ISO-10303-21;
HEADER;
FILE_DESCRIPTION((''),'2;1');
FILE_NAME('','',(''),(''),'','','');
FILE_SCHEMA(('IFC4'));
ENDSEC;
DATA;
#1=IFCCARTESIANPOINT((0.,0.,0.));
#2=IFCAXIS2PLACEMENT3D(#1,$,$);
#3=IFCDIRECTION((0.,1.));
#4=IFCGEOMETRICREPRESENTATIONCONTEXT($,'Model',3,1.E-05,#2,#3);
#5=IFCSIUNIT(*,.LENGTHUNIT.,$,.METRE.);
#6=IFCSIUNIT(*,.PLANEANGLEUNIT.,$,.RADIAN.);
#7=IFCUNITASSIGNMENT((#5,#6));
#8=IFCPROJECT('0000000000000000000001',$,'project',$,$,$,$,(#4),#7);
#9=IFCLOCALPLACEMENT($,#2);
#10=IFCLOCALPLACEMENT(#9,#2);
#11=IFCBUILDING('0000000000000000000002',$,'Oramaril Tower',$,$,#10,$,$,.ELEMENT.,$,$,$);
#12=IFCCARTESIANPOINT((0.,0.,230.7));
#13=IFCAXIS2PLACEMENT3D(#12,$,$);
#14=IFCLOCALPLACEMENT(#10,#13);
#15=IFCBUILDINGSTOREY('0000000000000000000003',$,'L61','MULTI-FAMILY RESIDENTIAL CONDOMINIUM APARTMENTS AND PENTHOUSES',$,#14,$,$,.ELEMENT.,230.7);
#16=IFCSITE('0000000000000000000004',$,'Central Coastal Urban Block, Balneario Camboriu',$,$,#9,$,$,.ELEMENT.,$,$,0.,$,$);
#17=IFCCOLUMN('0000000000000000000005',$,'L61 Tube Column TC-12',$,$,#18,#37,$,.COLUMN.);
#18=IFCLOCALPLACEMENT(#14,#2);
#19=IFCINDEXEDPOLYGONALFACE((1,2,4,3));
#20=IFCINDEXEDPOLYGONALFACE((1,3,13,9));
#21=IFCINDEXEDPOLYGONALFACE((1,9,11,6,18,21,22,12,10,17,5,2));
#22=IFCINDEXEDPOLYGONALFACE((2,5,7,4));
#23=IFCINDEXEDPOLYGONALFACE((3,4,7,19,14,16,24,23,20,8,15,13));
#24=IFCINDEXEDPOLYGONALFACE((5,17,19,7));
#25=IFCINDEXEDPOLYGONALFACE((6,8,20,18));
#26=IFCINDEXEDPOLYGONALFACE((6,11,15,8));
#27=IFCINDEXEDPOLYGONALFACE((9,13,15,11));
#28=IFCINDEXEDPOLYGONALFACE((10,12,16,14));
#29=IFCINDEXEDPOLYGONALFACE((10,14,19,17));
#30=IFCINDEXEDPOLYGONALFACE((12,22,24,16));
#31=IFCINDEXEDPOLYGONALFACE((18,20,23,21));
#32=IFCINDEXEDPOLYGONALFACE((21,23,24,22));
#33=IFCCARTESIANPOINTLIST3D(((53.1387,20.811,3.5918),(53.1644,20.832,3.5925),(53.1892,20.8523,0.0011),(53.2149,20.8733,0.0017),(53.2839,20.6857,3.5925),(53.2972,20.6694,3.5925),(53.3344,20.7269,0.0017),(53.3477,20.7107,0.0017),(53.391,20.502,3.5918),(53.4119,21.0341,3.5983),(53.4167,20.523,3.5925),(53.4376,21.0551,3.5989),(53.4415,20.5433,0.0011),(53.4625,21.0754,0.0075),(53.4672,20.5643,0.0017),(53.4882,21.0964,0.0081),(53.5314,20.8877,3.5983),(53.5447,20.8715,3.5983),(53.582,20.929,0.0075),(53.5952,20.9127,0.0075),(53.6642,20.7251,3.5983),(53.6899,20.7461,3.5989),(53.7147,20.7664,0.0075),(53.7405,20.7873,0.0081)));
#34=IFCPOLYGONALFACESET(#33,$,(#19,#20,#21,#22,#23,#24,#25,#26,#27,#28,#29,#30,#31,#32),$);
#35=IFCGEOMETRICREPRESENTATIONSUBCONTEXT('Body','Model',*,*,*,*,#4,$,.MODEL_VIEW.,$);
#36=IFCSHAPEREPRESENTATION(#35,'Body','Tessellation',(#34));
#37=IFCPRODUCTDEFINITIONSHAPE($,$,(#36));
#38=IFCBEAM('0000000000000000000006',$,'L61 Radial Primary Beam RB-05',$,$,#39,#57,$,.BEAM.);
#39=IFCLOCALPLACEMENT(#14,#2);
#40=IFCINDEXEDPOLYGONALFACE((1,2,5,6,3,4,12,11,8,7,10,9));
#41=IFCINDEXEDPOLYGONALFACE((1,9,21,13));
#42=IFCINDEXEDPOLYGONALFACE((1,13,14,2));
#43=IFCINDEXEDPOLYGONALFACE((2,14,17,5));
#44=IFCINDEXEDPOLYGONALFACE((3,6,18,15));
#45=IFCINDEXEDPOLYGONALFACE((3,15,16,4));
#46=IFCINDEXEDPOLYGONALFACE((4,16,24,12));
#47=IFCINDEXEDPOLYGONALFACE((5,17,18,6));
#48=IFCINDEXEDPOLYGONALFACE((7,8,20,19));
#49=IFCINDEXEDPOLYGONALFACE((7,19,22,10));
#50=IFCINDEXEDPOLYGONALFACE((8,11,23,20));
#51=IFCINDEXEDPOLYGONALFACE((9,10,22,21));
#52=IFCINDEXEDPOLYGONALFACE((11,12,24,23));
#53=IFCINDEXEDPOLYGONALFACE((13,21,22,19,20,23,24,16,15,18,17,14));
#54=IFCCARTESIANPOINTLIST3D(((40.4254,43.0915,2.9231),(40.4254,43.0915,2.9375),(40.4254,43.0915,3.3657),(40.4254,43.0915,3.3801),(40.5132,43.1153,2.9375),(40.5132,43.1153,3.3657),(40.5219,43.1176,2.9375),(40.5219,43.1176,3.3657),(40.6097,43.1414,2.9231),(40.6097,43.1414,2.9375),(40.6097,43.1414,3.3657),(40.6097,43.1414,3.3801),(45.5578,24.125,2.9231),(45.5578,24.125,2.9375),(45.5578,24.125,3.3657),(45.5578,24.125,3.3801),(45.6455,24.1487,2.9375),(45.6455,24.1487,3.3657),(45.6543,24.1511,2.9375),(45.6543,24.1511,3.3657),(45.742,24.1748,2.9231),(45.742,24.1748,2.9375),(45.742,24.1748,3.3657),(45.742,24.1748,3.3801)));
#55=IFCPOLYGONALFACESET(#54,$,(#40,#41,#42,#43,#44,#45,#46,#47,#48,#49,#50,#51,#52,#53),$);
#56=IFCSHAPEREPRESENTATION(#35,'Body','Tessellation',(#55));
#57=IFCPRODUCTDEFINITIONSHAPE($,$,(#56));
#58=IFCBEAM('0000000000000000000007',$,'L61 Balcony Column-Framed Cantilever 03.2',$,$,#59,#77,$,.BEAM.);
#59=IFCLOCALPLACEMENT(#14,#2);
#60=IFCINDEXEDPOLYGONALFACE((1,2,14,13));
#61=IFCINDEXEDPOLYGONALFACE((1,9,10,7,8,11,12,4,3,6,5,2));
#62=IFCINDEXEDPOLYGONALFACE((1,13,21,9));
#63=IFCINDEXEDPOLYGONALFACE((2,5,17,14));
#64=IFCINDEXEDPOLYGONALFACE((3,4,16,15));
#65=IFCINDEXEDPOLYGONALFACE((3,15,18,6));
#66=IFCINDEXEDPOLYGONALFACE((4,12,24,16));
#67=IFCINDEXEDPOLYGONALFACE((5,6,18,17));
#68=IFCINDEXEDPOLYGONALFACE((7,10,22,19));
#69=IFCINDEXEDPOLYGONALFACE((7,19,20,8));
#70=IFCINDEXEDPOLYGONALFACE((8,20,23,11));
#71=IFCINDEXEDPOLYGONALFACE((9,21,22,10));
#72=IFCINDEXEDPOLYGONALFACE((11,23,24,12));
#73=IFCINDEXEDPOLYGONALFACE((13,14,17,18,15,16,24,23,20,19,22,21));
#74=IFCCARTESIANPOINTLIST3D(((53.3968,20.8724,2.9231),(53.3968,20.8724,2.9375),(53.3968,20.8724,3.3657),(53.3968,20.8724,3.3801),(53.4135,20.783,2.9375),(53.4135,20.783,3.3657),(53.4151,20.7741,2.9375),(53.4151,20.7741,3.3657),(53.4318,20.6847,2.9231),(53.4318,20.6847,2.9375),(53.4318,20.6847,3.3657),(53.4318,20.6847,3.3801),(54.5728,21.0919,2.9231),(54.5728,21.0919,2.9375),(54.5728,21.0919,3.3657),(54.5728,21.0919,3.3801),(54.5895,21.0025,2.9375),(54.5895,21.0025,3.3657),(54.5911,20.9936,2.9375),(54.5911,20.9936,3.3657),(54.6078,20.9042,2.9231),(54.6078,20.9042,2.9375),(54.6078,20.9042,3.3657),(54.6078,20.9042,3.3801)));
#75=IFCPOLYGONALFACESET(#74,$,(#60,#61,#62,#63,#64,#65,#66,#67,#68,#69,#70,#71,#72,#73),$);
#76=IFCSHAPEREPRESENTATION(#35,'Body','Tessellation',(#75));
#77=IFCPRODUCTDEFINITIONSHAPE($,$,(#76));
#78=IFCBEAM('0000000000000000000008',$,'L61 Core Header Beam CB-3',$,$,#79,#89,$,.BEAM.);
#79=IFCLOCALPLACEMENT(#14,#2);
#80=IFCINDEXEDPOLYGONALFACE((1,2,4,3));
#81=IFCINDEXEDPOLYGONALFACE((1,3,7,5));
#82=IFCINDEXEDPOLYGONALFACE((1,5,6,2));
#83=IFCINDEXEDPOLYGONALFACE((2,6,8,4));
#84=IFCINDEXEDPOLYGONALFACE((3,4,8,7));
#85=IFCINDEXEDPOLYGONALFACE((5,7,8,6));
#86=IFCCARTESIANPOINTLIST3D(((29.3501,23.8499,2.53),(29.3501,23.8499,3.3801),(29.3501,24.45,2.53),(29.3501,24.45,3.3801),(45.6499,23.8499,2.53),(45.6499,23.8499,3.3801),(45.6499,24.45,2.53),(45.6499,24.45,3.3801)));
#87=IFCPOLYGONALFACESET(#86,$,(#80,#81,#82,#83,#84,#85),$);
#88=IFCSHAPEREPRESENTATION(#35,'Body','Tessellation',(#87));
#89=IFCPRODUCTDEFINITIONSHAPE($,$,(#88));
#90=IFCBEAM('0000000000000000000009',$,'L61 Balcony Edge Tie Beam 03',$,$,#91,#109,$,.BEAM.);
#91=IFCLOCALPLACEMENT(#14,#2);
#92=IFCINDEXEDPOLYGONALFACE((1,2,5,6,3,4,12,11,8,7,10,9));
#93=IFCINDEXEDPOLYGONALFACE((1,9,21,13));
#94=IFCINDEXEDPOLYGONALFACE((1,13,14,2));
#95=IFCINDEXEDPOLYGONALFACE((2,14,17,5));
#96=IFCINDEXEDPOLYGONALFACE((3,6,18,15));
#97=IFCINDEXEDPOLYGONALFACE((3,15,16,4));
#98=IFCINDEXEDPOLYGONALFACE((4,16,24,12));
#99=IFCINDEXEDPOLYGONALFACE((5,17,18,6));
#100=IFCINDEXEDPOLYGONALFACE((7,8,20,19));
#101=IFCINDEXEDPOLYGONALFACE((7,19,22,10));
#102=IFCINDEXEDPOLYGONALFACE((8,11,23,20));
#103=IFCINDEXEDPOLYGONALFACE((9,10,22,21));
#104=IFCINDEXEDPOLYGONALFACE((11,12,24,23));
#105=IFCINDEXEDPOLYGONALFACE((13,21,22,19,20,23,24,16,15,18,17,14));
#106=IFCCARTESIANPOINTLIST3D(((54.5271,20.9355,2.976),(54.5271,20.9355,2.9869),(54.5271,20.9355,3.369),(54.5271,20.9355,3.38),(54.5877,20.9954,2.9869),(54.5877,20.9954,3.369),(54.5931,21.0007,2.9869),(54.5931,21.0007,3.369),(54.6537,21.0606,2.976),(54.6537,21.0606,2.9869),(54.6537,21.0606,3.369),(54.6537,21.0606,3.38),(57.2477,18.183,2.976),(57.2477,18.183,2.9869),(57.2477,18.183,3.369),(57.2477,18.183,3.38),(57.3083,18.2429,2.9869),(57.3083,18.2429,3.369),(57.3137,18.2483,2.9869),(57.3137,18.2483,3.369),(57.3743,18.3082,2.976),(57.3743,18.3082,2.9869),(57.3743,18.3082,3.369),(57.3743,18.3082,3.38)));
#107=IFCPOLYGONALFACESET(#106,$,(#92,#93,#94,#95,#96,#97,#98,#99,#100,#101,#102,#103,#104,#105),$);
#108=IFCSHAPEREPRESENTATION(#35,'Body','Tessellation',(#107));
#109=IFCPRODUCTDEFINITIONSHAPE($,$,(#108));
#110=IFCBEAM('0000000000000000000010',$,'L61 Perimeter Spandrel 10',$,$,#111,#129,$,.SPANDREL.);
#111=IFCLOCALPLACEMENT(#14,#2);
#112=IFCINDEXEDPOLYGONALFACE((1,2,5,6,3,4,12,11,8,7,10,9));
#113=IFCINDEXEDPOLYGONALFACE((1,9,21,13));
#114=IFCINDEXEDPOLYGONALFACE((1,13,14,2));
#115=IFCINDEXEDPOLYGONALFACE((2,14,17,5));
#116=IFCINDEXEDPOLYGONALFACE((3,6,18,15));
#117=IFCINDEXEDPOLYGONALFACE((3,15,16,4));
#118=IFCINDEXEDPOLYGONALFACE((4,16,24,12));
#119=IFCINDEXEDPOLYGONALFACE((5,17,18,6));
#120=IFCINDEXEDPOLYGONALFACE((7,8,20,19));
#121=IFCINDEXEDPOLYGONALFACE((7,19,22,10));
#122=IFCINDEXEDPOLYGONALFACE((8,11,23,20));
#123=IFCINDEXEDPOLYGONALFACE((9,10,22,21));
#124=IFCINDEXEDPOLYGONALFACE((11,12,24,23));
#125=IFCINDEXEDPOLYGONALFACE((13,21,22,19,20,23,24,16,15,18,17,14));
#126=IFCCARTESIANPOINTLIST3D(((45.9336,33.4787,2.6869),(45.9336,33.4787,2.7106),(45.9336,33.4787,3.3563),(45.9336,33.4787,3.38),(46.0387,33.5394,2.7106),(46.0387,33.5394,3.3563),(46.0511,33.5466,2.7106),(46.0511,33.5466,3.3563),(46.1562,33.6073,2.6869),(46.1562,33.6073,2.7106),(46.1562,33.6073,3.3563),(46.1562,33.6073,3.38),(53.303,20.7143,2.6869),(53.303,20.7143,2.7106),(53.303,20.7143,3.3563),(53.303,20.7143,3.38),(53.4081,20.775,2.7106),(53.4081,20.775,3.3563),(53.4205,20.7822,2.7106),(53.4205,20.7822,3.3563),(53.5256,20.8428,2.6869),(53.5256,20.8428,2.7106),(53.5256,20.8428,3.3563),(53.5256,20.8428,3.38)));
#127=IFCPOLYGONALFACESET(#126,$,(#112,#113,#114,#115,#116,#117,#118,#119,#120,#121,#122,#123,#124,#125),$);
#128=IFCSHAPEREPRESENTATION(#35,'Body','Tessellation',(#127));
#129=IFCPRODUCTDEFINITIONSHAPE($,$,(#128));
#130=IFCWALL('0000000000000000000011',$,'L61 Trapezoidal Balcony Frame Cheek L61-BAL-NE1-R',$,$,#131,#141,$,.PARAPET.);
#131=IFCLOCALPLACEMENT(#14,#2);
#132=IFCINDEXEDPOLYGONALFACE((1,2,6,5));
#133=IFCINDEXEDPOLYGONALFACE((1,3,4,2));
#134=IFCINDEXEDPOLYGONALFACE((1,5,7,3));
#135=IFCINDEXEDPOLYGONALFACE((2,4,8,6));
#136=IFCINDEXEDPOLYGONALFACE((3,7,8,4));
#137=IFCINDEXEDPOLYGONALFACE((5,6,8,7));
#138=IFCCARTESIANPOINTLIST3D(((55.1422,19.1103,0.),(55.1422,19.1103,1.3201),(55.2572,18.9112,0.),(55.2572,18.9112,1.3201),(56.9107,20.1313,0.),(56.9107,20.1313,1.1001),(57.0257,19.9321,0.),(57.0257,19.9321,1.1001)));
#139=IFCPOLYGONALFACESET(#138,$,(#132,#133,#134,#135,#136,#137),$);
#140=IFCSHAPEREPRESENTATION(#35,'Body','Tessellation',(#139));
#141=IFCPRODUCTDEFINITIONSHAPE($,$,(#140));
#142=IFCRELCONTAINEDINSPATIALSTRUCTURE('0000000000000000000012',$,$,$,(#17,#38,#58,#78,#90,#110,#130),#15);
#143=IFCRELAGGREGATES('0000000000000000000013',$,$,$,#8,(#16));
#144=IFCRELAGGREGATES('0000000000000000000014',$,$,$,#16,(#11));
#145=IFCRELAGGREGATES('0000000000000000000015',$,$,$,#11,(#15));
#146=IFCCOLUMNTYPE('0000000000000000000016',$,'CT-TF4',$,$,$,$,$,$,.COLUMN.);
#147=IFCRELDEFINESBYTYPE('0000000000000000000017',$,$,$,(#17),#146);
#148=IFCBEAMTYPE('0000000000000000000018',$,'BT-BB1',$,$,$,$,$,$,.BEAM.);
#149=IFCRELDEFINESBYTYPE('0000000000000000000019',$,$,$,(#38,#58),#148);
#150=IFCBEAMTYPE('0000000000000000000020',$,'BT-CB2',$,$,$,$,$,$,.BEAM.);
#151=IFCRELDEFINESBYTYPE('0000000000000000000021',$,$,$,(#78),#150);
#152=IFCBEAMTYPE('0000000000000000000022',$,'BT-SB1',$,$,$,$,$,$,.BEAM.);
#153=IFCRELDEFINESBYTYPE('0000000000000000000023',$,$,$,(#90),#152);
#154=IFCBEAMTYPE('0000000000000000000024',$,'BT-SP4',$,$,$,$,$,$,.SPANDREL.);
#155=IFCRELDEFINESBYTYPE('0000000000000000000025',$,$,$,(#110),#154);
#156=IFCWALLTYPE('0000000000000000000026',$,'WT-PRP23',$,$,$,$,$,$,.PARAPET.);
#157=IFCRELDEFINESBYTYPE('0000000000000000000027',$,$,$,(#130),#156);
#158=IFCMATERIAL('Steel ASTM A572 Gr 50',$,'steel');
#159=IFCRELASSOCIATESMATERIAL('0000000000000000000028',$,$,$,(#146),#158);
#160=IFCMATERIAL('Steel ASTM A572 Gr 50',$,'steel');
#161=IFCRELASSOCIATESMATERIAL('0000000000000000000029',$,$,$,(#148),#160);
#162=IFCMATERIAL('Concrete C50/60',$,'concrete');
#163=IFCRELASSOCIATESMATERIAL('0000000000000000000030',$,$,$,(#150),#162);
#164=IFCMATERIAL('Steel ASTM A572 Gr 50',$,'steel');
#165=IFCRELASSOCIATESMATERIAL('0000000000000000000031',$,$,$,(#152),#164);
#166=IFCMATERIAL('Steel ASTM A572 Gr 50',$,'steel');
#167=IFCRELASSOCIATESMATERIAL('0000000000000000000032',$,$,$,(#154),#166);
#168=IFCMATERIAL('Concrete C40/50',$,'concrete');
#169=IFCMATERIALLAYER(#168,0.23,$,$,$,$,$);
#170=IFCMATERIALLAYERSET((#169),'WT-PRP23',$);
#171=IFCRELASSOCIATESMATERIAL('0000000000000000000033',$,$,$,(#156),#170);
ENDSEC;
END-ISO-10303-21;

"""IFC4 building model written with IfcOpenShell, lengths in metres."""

from ifc_helpers import new_model, si_unit, direction, frame, origin, origin_2d, place, context, subcontext, project, spatial, polyline, rectangle, i_section, outline, extrude, material, layer, layer_set, material_profile, profile_set, type_object, element, save


model = new_model("IFC4")

# Units and contexts
model_context = context("Model", 3, precision=1e-05, world=origin(), true_north=direction((0.0, 1.0)))
body_context = subcontext(model_context, "Body", "Model", "MODEL_VIEW")
ifc_project = project(units=[si_unit("LENGTHUNIT", "METRE"), si_unit("PLANEANGLEUNIT", "RADIAN")], contexts=[model_context])

# Site, building, storey
site_placement = place(None, origin())
site = spatial("IfcSite", under=ifc_project, at=site_placement, Name="Central Coastal Urban Block, Balneario Camboriu", CompositionType="ELEMENT", RefElevation=0.0)
building_placement = place(site_placement, origin())
building = spatial("IfcBuilding", under=site, at=building_placement, Name="Oramaril Tower", CompositionType="ELEMENT")
storey_placement = place(building_placement, frame((0.0, 0.0, 230.7)))
storey = spatial("IfcBuildingStorey", under=building, at=storey_placement, Name="L61", Description="MULTI-FAMILY RESIDENTIAL CONDOMINIUM APARTMENTS AND PENTHOUSES", CompositionType="ELEMENT", Elevation=230.7)

# Column
ifc_material_1 = material(Name="Steel ASTM A572 Gr 50", Category="steel")
ifc_material_profile_1 = material_profile(ifc_material_1, i_section(OverallWidth=0.3989, OverallDepth=0.386, WebThickness=0.021, FlangeThickness=0.0332, at=origin_2d()), Name="W14X176")
ifc_profile_set_1 = profile_set([ifc_material_profile_1], Name="Steel ASTM A572 Gr 50")
column_type = type_object("IfcColumnType", Name="CT-TF4", PredefinedType="COLUMN", material=ifc_profile_set_1)
column_placement = place(storey_placement, frame((53.4648, 20.8198, 0.0046), z_axis=(-0.014072, -0.011488, 0.999835), x_axis=(0.632422, -0.774624, 0.0)))
element("IfcColumn", 1, at=column_placement, inside=storey, type_object=column_type, Name="L61 Tube Column TC-12", PredefinedType="COLUMN", context=body_context, shape_type="SweptSolid", body=[
    extrude(i_section(OverallWidth=0.3989, OverallDepth=0.386, WebThickness=0.021, FlangeThickness=0.0332, at=origin_2d()), origin(), (0.0, 0.0, 1.0), 3.5913),
])

# Beams
ifc_material_2 = material(Name="Steel ASTM A572 Gr 50", Category="steel")
ifc_material_profile_2 = material_profile(ifc_material_2, i_section(OverallWidth=0.1909, OverallDepth=0.457, WebThickness=0.009, FlangeThickness=0.0144, at=origin_2d()), Name="W18X50")
ifc_profile_set_2 = profile_set([ifc_material_profile_2], Name="Steel ASTM A572 Gr 50")
beam_type_1 = type_object("IfcBeamType", Name="BT-BB1", PredefinedType="BEAM", material=ifc_profile_set_2)
beam_1_placement = place(storey_placement, frame((45.6499, 24.1499, 3.1516), z_axis=(-0.261204, 0.965284, 0.0), x_axis=(-0.965284, -0.261204, 0.0)))
element("IfcBeam", 2, at=beam_1_placement, inside=storey, type_object=beam_type_1, Name="L61 Radial Primary Beam RB-05", PredefinedType="BEAM", context=body_context, shape_type="SweptSolid", body=[
    extrude(i_section(OverallWidth=0.1909, OverallDepth=0.457, WebThickness=0.009, FlangeThickness=0.0144, at=origin_2d()), origin(), (0.0, 0.0, 1.0), 19.6487),
])
beam_2_placement = place(storey_placement, frame((53.4143, 20.7786, 3.1516), z_axis=(0.983027, 0.183463, 0.0), x_axis=(-0.183463, 0.983027, 0.0)))
element("IfcBeam", 3, at=beam_2_placement, inside=storey, type_object=beam_type_1, Name="L61 Balcony Column-Framed Cantilever 03.2", PredefinedType="BEAM", context=body_context, shape_type="SweptSolid", body=[
    extrude(i_section(OverallWidth=0.1909, OverallDepth=0.457, WebThickness=0.009, FlangeThickness=0.0144, at=origin_2d()), origin(), (0.0, 0.0, 1.0), 1.1963),
])
ifc_material_3 = material(Name="Concrete C50/60", Category="concrete")
ifc_material_profile_3 = material_profile(ifc_material_3, rectangle(XDim=0.6001, YDim=0.8501, at=origin_2d()), Name="CB600X850")
ifc_profile_set_3 = profile_set([ifc_material_profile_3], Name="Concrete C50/60")
beam_type_2 = type_object("IfcBeamType", Name="BT-CB2", PredefinedType="BEAM", material=ifc_profile_set_3)
beam_3_placement = place(storey_placement, frame((45.6499, 24.1499, 2.9551), z_axis=(-1.0, 0.0, 0.0), x_axis=(0.0, -1.0, 0.0)))
element("IfcBeam", 4, at=beam_3_placement, inside=storey, type_object=beam_type_2, Name="L61 Core Header Beam CB-3", PredefinedType="BEAM", context=body_context, shape_type="SweptSolid", body=[
    extrude(rectangle(XDim=0.6001, YDim=0.8501, at=origin_2d()), origin(), (0.0, 0.0, 1.0), 16.2998),
])
ifc_material_4 = material(Name="Steel ASTM A572 Gr 50", Category="steel")
ifc_material_profile_4 = material_profile(ifc_material_4, i_section(OverallWidth=0.178, OverallDepth=0.4041, WebThickness=0.0076, FlangeThickness=0.011, at=origin_2d()), Name="W16X36")
ifc_profile_set_4 = profile_set([ifc_material_profile_4], Name="Steel ASTM A572 Gr 50")
beam_type_3 = type_object("IfcBeamType", Name="BT-SB1", PredefinedType="BEAM", material=ifc_profile_set_4)
beam_4_placement = place(storey_placement, frame((57.311, 18.2456, 3.178), z_axis=(-0.702995, 0.711195, 0.0), x_axis=(-0.711195, -0.702995, 0.0)))
element("IfcBeam", 5, at=beam_4_placement, inside=storey, type_object=beam_type_3, Name="L61 Balcony Edge Tie Beam 03", PredefinedType="BEAM", context=body_context, shape_type="SweptSolid", body=[
    extrude(i_section(OverallWidth=0.178, OverallDepth=0.4041, WebThickness=0.0076, FlangeThickness=0.011, at=origin_2d()), origin(), (0.0, 0.0, 1.0), 3.8701),
])
ifc_material_5 = material(Name="Steel ASTM A572 Gr 50", Category="steel")
ifc_material_profile_5 = material_profile(ifc_material_5, i_section(OverallWidth=0.2571, OverallDepth=0.6931, WebThickness=0.0144, FlangeThickness=0.0237, at=origin_2d()), Name="W27X114")
ifc_profile_set_5 = profile_set([ifc_material_profile_5], Name="Steel ASTM A572 Gr 50")
beam_type_4 = type_object("IfcBeamType", Name="BT-SP4", PredefinedType="SPANDREL", material=ifc_profile_set_5)
beam_5_placement = place(storey_placement, frame((53.4143, 20.7786, 3.0334), z_axis=(-0.499992, 0.86603, 0.0), x_axis=(-0.86603, -0.499992, 0.0)))
element("IfcBeam", 6, at=beam_5_placement, inside=storey, type_object=beam_type_4, Name="L61 Perimeter Spandrel 10", PredefinedType="SPANDREL", context=body_context, shape_type="SweptSolid", body=[
    extrude(i_section(OverallWidth=0.2571, OverallDepth=0.6931, WebThickness=0.0144, FlangeThickness=0.0237, at=origin_2d()), origin(), (0.0, 0.0, 1.0), 14.739),
])

# Wall
ifc_material_6 = material(Name="Concrete C40/50", Category="concrete")
ifc_layer_1 = layer(ifc_material_6, 0.23)
ifc_layer_set_1 = layer_set([ifc_layer_1], Name="WT-PRP23")
wall_type_1 = type_object("IfcWallType", Name="WT-PRP23", PredefinedType="PARAPET", material=ifc_layer_set_1)
wall_1_placement = place(storey_placement, frame((55.1997, 19.0107, 0.0), z_axis=(0.0, 0.0, 1.0), x_axis=(0.866042, 0.499971, 0.0)))
element("IfcWall", 7, at=wall_1_placement, inside=storey, type_object=wall_type_1, Name="L61 Trapezoidal Balcony Frame Cheek L61-BAL-NE1-R", PredefinedType="PARAPET", context=body_context, shape_type="SweptSolid", body=[
    extrude(outline(polyline([(0.0, 0.0), (2.042, 0.0), (2.042, 1.1001), (0.0, 1.3201), (0.0, 0.0)])), frame((0.0, 0.115, 0.0), z_axis=(0.0, -1.0, 0.0), x_axis=(1.0, 0.0, 0.0)), (0.0, 0.0, 1.0), 0.23),
])

save(model, "model.ifc")
